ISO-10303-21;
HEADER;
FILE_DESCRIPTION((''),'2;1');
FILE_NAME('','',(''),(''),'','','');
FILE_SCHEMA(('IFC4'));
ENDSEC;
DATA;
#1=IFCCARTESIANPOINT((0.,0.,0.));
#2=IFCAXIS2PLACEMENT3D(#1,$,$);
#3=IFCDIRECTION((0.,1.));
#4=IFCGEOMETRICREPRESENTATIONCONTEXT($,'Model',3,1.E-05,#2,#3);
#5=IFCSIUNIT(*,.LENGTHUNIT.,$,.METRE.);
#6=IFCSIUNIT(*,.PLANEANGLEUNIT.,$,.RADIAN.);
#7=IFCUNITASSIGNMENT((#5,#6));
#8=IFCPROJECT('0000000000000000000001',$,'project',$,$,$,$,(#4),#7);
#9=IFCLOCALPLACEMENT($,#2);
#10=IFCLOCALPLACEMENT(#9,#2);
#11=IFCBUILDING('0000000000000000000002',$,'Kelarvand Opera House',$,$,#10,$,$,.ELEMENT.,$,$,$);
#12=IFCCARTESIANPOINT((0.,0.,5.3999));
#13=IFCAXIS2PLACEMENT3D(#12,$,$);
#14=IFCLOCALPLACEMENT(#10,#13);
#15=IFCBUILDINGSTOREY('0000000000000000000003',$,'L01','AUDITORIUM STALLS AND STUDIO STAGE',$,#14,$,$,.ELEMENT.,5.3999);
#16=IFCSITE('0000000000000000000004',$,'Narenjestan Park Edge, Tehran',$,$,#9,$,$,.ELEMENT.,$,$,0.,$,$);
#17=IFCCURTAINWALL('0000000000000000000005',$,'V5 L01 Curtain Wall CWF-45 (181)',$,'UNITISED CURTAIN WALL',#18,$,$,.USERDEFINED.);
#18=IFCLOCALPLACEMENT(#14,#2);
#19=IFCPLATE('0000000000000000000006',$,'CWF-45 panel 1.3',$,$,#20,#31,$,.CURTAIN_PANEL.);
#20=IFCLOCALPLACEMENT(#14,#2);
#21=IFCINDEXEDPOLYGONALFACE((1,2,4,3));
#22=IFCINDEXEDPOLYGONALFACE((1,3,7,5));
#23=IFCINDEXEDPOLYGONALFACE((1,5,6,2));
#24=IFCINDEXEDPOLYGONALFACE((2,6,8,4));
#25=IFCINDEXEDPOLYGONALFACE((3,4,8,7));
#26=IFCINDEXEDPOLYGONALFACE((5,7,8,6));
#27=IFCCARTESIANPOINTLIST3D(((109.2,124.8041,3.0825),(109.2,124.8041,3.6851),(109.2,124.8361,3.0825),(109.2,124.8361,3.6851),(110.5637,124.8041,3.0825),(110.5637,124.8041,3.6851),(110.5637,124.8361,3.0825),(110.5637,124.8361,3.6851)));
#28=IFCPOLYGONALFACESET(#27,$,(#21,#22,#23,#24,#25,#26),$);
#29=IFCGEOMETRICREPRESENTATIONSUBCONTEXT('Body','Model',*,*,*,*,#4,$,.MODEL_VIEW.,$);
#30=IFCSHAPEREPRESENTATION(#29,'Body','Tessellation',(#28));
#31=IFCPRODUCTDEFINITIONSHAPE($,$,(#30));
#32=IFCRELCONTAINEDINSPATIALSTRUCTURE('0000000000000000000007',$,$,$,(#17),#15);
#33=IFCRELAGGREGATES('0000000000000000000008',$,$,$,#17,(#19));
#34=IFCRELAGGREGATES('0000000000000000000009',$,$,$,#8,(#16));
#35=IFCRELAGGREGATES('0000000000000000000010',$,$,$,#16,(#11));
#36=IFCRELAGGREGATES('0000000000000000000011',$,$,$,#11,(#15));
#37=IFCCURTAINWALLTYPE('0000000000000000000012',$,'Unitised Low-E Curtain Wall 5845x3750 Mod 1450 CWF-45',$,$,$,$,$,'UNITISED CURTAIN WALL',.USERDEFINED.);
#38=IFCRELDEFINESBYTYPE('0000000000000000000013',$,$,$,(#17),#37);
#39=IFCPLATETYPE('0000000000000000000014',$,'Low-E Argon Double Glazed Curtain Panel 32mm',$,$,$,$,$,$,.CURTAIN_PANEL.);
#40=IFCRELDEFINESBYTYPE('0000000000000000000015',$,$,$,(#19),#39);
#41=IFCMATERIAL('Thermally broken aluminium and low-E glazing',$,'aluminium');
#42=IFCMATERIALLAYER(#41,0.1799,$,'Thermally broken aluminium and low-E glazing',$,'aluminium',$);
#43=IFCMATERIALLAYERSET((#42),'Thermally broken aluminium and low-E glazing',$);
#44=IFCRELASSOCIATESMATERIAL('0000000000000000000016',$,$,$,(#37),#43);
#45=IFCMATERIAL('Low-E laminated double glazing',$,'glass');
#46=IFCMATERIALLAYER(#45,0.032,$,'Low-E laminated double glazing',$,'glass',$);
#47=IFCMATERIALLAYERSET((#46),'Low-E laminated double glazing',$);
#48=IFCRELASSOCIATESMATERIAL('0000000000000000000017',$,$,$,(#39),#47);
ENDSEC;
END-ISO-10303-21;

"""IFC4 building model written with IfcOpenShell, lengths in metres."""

from ifc_helpers import new_model, si_unit, direction, frame, origin, origin_2d, place, context, subcontext, project, spatial, rectangle, extrude, material, layer, layer_set, type_object, element, aggregate, save


model = new_model("IFC4")

# Units and contexts
model_context = context("Model", 3, precision=1e-05, world=origin(), true_north=direction((0.0, 1.0)))
body_context = subcontext(model_context, "Body", "Model", "MODEL_VIEW")
ifc_project = project(units=[si_unit("LENGTHUNIT", "METRE"), si_unit("PLANEANGLEUNIT", "RADIAN")], contexts=[model_context])

# Site, building, storey
site_placement = place(None, origin())
site = spatial("IfcSite", under=ifc_project, at=site_placement, Name="Narenjestan Park Edge, Tehran", CompositionType="ELEMENT", RefElevation=0.0)
building_placement = place(site_placement, origin())
building = spatial("IfcBuilding", under=site, at=building_placement, Name="Kelarvand Opera House", CompositionType="ELEMENT")
storey_placement = place(building_placement, frame((0.0, 0.0, 5.3999)))
storey = spatial("IfcBuildingStorey", under=building, at=storey_placement, Name="L01", Description="AUDITORIUM STALLS AND STUDIO STAGE", CompositionType="ELEMENT", Elevation=5.3999)

# Curtain wall
ifc_material_1 = material(Name="Thermally broken aluminium and low-E glazing", Category="aluminium")
ifc_layer_1 = layer(ifc_material_1, 0.1799, Name="Thermally broken aluminium and low-E glazing", Category="aluminium")
ifc_layer_set_1 = layer_set([ifc_layer_1], Name="Thermally broken aluminium and low-E glazing")
curtain_wall_type = type_object("IfcCurtainWallType", Name="Unitised Low-E Curtain Wall 5845x3750 Mod 1450 CWF-45", ElementType="UNITISED CURTAIN WALL", PredefinedType="USERDEFINED", material=ifc_layer_set_1)
curtain_wall_placement = place(storey_placement, origin())
curtain_wall = element("IfcCurtainWall", 1, at=curtain_wall_placement, inside=storey, type_object=curtain_wall_type, Name="V5 L01 Curtain Wall CWF-45 (181)", ObjectType="UNITISED CURTAIN WALL", PredefinedType="USERDEFINED")

# Plate
ifc_material_2 = material(Name="Low-E laminated double glazing", Category="glass")
ifc_layer_2 = layer(ifc_material_2, 0.032, Name="Low-E laminated double glazing", Category="glass")
ifc_layer_set_2 = layer_set([ifc_layer_2], Name="Low-E laminated double glazing")
plate_type = type_object("IfcPlateType", Name="Low-E Argon Double Glazed Curtain Panel 32mm", PredefinedType="CURTAIN_PANEL", material=ifc_layer_set_2)
plate_1_placement = place(storey_placement, frame((109.8818, 124.8201, 3.0825), z_axis=(0.0, 0.0, 1.0), x_axis=(1.0, 0.0, 0.0)))
plate_1 = element("IfcPlate", 2, at=plate_1_placement, type_object=plate_type, Name="CWF-45 panel 1.3", PredefinedType="CURTAIN_PANEL", context=body_context, shape_type="SweptSolid", body=[
    extrude(rectangle(XDim=1.3638, YDim=0.032, at=origin_2d()), origin(), (0.0, 0.0, 1.0), 0.6025),
])
aggregate(curtain_wall, [plate_1])

save(model, "model.ifc")
